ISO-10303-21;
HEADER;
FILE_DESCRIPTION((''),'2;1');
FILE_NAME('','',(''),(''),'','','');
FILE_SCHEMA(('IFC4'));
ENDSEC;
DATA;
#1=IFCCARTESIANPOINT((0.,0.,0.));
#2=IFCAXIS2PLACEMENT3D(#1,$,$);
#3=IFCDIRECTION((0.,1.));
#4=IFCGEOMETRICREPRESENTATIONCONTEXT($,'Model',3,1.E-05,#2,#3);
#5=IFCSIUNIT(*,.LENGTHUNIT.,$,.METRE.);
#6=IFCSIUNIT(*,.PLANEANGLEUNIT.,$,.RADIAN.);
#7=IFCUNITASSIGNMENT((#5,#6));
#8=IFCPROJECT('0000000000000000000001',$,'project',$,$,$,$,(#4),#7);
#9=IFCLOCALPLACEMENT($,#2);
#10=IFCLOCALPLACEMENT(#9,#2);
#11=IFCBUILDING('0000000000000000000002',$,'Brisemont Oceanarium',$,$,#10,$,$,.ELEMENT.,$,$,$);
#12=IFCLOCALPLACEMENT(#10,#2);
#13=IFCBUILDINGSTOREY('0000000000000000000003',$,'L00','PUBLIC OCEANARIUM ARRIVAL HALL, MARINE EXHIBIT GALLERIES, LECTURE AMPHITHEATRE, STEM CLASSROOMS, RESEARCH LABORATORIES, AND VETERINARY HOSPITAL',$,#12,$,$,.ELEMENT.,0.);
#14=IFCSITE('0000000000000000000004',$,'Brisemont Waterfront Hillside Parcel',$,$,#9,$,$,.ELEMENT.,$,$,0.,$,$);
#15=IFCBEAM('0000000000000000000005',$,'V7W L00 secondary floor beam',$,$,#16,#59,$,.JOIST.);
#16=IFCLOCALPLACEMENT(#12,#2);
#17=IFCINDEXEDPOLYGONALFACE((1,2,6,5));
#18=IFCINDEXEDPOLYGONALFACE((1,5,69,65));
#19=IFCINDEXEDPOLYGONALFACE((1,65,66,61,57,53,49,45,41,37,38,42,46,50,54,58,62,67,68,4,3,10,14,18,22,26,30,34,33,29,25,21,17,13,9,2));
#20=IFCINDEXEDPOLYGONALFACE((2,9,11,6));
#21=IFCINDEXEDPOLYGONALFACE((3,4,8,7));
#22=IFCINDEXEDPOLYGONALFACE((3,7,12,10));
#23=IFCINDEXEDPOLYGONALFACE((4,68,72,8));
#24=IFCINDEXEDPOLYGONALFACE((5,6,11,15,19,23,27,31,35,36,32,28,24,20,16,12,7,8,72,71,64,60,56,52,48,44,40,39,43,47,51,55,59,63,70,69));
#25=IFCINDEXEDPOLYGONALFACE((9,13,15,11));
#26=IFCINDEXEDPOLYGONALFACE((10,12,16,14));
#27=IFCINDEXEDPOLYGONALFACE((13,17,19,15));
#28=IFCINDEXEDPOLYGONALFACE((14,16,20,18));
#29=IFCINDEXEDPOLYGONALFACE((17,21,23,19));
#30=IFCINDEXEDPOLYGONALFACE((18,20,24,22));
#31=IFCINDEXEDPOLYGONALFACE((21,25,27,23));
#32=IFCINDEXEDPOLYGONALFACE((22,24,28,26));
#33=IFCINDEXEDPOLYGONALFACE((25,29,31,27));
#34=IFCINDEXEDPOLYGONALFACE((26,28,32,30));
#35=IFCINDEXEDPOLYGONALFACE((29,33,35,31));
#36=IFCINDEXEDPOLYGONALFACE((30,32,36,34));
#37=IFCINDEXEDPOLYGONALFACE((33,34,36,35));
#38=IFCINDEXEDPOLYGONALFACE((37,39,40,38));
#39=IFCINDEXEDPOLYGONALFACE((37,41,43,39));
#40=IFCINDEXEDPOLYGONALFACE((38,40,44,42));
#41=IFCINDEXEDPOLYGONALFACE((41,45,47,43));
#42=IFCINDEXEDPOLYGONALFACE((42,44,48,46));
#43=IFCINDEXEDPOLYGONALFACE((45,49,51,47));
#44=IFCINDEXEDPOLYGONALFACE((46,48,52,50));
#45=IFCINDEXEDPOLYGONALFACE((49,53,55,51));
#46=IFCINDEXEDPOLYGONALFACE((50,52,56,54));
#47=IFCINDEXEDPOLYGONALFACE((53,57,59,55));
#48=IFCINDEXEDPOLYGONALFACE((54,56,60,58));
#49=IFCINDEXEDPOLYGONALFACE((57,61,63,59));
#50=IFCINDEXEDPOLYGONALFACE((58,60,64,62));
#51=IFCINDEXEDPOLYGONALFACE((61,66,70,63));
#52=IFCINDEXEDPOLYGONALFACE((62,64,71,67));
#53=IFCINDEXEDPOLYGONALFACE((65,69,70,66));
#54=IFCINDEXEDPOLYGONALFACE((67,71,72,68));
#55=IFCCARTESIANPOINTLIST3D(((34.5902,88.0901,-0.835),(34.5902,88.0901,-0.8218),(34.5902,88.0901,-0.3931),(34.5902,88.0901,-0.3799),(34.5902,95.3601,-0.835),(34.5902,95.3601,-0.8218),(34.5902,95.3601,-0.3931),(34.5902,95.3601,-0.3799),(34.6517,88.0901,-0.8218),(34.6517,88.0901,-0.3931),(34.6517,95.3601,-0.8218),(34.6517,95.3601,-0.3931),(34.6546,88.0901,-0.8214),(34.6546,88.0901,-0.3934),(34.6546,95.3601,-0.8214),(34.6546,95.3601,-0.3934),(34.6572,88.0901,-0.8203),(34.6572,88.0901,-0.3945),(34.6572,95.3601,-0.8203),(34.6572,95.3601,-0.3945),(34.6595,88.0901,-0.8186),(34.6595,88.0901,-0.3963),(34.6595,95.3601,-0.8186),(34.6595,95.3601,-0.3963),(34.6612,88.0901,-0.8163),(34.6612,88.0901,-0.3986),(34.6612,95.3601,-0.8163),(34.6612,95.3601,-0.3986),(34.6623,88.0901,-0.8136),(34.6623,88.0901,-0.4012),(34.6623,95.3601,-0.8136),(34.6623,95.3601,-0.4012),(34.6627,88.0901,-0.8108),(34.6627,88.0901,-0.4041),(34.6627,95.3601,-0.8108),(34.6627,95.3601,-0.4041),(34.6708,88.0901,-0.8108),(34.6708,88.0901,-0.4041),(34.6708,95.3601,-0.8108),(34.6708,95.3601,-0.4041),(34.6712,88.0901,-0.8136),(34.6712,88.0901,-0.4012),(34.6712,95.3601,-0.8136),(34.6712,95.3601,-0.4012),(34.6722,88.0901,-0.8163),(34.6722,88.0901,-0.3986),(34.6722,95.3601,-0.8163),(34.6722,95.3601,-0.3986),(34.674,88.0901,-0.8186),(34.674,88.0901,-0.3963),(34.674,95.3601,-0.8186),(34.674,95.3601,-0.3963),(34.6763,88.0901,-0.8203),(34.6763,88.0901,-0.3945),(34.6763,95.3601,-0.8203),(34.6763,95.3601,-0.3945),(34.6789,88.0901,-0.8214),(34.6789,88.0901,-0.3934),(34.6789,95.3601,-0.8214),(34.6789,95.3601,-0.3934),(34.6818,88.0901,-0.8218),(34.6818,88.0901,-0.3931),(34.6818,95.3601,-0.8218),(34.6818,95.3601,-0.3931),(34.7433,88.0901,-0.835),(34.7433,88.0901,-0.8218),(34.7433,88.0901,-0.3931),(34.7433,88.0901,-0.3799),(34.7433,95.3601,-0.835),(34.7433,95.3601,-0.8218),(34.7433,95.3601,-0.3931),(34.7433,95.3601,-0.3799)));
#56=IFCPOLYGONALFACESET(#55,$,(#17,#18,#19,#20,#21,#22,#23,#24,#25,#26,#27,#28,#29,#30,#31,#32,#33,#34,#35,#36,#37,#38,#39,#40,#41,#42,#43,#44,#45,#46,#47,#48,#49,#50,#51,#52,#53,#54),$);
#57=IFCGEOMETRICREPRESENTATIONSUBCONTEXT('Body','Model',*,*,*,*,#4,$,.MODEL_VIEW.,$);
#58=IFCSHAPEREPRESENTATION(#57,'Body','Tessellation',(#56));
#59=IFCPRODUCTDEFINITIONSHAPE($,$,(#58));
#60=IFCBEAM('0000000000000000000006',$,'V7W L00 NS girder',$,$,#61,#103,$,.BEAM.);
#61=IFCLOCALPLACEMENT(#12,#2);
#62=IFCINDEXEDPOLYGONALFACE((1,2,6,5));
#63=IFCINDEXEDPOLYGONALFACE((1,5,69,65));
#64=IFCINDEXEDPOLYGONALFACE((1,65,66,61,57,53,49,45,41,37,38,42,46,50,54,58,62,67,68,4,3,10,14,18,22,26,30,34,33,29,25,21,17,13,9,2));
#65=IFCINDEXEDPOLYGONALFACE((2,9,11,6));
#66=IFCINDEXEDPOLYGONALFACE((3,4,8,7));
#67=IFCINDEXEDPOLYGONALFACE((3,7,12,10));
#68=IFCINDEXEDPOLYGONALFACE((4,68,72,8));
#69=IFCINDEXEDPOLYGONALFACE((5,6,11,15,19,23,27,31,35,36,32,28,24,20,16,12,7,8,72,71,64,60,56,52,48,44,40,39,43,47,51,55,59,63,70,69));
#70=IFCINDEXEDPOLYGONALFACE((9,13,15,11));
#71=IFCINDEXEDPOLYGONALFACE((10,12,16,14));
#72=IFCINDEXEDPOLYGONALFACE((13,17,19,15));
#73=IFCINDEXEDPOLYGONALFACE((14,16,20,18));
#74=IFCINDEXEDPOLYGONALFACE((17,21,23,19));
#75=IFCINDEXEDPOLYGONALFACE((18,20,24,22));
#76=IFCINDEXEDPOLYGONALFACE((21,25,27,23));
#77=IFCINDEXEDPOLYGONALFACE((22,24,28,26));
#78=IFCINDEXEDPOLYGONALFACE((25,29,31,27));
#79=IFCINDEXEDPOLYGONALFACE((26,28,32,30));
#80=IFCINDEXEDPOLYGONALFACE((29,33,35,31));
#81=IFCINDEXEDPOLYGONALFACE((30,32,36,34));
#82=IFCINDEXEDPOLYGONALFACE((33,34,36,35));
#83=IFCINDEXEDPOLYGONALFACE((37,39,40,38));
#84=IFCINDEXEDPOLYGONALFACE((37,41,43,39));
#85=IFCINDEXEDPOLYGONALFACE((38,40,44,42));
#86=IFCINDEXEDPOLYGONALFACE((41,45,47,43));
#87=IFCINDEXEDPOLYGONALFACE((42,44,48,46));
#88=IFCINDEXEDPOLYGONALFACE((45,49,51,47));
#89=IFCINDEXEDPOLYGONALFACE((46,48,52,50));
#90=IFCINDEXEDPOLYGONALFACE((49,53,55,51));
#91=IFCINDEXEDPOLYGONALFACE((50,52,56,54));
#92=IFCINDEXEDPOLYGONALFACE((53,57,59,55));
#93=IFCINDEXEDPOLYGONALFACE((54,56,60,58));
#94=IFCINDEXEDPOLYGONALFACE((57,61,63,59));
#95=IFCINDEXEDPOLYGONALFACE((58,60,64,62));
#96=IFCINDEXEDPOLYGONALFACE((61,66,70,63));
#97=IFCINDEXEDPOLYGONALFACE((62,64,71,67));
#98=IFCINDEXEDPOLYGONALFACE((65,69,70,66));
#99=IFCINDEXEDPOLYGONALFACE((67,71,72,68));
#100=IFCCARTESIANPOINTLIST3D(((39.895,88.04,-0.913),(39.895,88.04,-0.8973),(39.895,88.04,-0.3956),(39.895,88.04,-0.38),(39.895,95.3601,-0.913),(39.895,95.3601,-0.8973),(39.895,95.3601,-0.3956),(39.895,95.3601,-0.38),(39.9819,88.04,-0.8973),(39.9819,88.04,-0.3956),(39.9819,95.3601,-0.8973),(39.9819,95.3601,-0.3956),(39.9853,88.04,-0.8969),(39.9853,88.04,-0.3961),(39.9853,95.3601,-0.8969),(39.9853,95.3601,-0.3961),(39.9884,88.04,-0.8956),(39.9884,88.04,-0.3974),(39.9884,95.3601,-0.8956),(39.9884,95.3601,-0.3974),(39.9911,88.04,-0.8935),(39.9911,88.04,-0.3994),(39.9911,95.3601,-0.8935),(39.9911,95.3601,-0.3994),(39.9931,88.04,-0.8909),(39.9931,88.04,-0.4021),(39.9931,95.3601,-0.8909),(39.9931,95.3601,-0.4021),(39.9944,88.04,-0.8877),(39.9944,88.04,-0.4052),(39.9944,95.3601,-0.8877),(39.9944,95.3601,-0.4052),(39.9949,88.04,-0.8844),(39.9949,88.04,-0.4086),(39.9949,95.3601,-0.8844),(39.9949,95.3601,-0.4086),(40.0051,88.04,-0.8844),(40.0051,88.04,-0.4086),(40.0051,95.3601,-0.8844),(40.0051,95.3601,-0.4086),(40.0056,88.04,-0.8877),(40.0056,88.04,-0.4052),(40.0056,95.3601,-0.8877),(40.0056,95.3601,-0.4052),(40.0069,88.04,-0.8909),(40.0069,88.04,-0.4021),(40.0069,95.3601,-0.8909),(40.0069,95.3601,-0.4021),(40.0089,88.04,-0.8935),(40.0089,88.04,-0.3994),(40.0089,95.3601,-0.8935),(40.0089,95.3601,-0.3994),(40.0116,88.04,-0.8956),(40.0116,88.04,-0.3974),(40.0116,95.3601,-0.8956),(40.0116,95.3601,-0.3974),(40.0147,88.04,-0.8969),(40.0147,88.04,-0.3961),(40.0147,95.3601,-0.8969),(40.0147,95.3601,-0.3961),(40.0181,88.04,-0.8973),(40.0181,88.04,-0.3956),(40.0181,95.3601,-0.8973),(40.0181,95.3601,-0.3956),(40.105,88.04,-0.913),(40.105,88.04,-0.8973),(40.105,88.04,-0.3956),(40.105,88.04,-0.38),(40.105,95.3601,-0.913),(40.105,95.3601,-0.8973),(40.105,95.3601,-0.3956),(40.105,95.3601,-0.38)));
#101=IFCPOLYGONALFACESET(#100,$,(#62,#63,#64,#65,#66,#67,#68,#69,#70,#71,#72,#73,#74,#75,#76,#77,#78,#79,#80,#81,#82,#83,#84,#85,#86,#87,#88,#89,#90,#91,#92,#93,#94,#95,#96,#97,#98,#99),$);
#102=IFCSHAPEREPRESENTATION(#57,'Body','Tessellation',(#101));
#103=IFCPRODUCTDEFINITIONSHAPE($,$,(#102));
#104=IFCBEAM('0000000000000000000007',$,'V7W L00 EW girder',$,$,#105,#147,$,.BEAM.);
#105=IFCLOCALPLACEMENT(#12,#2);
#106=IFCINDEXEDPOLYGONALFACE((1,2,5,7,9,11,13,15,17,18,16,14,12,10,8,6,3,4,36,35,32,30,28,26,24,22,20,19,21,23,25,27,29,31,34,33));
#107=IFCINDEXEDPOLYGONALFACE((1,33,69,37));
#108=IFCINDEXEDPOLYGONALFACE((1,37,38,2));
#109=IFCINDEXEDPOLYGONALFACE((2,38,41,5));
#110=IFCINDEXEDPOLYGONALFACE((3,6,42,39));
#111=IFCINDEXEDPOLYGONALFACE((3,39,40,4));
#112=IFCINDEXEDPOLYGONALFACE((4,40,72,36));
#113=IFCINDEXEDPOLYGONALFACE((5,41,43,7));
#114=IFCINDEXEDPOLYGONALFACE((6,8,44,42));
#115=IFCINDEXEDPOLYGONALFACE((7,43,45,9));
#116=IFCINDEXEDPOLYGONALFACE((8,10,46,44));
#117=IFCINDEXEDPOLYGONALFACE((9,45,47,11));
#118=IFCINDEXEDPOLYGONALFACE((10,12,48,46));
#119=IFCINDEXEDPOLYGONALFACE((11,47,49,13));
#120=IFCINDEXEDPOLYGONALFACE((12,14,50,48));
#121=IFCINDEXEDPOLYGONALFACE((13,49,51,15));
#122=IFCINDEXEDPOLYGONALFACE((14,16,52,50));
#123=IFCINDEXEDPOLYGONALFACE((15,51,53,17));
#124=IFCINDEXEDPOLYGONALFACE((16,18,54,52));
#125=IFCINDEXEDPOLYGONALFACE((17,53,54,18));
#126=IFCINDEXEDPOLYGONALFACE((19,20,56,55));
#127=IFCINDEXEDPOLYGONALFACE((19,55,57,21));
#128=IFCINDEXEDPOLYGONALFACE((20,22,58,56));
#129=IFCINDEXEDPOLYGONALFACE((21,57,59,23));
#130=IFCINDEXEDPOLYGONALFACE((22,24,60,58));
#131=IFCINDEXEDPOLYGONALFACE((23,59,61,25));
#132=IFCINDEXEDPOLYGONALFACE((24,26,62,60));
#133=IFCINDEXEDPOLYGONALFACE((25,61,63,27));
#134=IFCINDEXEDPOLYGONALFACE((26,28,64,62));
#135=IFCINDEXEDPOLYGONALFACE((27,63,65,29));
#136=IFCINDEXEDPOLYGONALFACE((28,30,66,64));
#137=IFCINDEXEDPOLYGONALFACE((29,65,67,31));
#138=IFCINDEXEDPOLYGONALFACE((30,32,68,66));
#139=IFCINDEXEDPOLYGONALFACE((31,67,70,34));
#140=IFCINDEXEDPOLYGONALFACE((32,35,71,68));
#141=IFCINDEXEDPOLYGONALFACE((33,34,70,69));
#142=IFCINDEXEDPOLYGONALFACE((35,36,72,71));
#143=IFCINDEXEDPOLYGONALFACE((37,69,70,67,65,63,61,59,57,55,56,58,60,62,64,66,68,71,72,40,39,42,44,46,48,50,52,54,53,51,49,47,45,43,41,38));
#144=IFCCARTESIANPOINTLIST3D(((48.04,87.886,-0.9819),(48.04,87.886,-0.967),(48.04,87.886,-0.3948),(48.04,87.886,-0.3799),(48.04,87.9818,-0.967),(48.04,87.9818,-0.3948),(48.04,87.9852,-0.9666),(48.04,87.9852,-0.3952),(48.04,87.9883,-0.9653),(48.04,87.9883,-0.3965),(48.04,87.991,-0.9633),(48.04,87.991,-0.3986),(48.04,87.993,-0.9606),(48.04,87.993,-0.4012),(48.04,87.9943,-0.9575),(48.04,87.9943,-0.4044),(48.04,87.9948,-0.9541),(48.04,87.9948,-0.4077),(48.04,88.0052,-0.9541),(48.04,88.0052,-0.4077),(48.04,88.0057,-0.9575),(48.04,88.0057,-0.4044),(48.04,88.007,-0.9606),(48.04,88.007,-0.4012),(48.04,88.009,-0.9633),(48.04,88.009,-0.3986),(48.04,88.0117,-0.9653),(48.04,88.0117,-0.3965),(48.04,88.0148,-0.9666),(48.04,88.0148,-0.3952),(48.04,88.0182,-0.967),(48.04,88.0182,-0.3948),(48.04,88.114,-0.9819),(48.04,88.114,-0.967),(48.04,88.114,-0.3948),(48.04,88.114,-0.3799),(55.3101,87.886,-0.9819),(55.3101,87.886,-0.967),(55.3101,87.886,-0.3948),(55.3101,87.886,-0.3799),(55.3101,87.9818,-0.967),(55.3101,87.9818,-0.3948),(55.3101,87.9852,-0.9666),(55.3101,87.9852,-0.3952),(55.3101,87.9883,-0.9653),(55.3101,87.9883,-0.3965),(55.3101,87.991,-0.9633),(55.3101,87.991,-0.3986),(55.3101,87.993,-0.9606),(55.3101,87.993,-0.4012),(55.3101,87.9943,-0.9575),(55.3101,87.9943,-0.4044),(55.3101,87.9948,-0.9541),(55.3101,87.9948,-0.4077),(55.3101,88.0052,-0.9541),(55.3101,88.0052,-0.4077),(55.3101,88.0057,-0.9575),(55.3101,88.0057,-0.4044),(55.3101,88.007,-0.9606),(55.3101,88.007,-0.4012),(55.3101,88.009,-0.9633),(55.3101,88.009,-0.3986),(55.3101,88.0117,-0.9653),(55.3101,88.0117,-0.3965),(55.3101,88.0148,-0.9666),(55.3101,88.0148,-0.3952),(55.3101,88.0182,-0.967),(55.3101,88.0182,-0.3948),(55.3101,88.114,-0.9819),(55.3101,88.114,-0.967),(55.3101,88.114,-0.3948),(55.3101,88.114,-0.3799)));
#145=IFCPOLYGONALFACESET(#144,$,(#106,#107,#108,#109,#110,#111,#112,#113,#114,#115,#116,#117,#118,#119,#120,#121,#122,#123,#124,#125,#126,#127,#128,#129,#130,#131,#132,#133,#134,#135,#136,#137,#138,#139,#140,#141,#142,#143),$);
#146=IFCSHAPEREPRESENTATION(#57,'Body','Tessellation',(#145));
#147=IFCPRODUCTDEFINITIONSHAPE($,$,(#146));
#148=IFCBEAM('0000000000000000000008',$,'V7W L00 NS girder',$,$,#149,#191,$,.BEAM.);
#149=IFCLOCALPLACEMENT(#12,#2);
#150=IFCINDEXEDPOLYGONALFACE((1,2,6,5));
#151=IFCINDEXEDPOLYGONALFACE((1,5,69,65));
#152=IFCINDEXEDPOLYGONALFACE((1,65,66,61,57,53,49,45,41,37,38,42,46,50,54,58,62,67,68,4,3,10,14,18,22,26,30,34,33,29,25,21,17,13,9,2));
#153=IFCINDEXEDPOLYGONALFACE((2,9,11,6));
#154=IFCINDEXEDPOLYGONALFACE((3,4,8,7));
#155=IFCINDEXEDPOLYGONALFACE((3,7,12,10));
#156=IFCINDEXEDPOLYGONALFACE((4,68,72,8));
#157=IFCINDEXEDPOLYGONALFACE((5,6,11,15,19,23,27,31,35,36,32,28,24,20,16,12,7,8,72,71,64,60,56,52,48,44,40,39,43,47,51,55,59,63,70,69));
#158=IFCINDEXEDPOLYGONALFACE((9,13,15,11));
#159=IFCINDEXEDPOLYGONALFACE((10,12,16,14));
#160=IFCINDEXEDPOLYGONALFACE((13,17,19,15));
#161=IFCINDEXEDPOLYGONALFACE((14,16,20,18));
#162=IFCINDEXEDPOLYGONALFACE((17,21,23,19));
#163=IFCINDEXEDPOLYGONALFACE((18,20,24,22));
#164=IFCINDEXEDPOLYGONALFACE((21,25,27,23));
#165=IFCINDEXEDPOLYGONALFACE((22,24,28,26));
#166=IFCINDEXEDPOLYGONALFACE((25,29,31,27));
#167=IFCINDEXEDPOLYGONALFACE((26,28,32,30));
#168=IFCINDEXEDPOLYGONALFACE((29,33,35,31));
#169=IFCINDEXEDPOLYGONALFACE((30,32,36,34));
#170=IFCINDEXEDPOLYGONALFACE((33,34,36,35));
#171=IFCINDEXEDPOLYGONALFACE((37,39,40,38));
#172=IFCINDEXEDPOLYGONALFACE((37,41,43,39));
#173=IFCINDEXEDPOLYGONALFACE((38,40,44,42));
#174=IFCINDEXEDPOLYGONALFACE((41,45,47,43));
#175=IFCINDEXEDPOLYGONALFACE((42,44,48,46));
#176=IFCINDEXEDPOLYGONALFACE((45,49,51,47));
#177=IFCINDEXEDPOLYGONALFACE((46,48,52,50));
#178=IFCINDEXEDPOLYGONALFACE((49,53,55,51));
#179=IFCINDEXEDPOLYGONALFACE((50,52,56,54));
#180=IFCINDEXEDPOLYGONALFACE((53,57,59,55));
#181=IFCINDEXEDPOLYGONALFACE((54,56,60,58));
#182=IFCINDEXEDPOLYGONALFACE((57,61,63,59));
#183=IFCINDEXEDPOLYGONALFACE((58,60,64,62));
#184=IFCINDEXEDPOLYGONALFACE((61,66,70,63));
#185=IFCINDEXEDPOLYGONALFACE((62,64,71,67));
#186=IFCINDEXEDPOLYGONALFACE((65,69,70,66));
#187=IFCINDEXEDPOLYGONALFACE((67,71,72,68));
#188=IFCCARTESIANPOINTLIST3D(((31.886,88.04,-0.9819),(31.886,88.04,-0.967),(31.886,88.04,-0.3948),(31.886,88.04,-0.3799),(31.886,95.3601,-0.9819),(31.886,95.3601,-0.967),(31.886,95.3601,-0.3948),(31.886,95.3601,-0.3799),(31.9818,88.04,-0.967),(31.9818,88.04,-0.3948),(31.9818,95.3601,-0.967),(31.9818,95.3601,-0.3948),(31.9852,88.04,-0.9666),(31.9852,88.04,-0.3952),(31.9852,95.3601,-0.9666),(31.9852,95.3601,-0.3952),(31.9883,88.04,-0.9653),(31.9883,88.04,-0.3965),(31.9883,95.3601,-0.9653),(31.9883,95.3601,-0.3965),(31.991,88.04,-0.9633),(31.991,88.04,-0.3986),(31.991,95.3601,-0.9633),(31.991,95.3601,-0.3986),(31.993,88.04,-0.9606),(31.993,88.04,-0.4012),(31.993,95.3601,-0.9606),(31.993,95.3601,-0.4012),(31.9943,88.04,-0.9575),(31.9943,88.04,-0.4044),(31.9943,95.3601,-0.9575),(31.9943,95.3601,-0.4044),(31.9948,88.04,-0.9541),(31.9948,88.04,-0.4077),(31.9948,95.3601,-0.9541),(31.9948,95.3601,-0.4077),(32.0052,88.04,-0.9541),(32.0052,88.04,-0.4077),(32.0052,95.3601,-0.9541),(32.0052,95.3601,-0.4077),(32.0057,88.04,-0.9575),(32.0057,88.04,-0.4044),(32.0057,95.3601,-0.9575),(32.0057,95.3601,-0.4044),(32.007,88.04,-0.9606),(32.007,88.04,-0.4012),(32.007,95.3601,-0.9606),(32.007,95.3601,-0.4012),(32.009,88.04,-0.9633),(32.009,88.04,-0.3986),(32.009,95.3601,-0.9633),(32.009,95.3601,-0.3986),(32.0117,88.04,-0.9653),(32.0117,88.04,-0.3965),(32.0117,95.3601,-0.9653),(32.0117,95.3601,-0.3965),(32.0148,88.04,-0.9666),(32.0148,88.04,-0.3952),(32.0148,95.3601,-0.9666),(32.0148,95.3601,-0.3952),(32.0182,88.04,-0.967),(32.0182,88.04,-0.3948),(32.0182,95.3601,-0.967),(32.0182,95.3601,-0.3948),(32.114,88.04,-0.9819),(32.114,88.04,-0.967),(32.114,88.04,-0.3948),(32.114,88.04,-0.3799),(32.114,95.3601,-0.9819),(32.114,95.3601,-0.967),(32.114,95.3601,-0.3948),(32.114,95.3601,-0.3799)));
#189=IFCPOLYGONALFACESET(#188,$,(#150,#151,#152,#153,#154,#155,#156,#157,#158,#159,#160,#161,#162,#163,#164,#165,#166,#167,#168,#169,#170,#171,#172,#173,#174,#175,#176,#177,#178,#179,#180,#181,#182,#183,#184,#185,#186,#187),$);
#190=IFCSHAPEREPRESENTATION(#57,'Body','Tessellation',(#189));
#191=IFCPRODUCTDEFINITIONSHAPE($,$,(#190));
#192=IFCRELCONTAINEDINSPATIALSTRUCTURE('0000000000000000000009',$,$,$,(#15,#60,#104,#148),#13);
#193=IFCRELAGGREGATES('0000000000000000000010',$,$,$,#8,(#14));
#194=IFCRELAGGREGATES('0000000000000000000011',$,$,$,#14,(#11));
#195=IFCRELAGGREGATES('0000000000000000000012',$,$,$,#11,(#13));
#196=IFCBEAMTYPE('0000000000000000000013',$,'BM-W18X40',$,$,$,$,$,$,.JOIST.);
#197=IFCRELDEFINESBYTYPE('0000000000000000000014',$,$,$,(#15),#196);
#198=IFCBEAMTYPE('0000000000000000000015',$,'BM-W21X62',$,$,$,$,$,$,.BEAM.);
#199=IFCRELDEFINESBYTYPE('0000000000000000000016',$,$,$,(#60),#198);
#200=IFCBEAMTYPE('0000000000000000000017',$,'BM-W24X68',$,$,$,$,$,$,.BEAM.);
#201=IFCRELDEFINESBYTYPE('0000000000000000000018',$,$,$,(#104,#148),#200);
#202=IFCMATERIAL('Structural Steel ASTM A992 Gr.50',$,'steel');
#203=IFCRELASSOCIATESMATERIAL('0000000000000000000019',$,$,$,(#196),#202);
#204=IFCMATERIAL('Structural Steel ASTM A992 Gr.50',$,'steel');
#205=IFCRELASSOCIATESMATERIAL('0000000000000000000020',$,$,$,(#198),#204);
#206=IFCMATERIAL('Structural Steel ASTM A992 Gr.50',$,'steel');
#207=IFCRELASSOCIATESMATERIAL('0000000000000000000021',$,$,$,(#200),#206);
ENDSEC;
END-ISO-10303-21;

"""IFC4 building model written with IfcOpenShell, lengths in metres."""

from ifc_helpers import new_model, si_unit, direction, frame, origin, origin_2d, place, context, subcontext, project, spatial, i_section, extrude, material, material_profile, profile_set, type_object, element, save


model = new_model("IFC4")

# Units and contexts
model_context = context("Model", 3, precision=1e-05, world=origin(), true_north=direction((0.0, 1.0)))
body_context = subcontext(model_context, "Body", "Model", "MODEL_VIEW")
ifc_project = project(units=[si_unit("LENGTHUNIT", "METRE"), si_unit("PLANEANGLEUNIT", "RADIAN")], contexts=[model_context])

# Site, building, storey
site_placement = place(None, origin())
site = spatial("IfcSite", under=ifc_project, at=site_placement, Name="Brisemont Waterfront Hillside Parcel", CompositionType="ELEMENT", RefElevation=0.0)
building_placement = place(site_placement, origin())
building = spatial("IfcBuilding", under=site, at=building_placement, Name="Brisemont Oceanarium", CompositionType="ELEMENT")
storey_placement = place(building_placement, origin())
storey = spatial("IfcBuildingStorey", under=building, at=storey_placement, Name="L00", Description="PUBLIC OCEANARIUM ARRIVAL HALL, MARINE EXHIBIT GALLERIES, LECTURE AMPHITHEATRE, STEM CLASSROOMS, RESEARCH LABORATORIES, AND VETERINARY HOSPITAL", CompositionType="ELEMENT", Elevation=0.0)

# Beams
ifc_material_1 = material(Name="Structural Steel ASTM A992 Gr.50", Category="steel")
ifc_material_profile_1 = material_profile(ifc_material_1, i_section(OverallWidth=0.1531, OverallDepth=0.4551, WebThickness=0.0081, FlangeThickness=0.0132, FilletRadius=0.011, at=origin_2d()), Name="W18X40")
ifc_profile_set_1 = profile_set([ifc_material_profile_1], Name="Structural Steel ASTM A992 Gr.50")
beam_type_1 = type_object("IfcBeamType", Name="BM-W18X40", PredefinedType="JOIST", material=ifc_profile_set_1)
for number, where, z_axis, x_axis, name in (
    (1, (34.6667, 88.0901, -0.6074), (0.0, 1.0, 0.0), (-1.0, 0.0, 0.0), "V7W L00 secondary floor beam"),
):
    element("IfcBeam", number, at=place(storey_placement, frame(where, z_axis=z_axis, x_axis=x_axis)), inside=storey, type_object=beam_type_1, Name=name, PredefinedType="JOIST", context=body_context, shape_type="SweptSolid", body=[
        extrude(i_section(OverallWidth=0.1531, OverallDepth=0.4551, WebThickness=0.0081, FlangeThickness=0.0132, FilletRadius=0.011, at=origin_2d()), origin(), (0.0, 0.0, 1.0), 7.27),
    ])
ifc_material_2 = material(Name="Structural Steel ASTM A992 Gr.50", Category="steel")
ifc_material_profile_2 = material_profile(ifc_material_2, i_section(OverallWidth=0.21, OverallDepth=0.533, WebThickness=0.0103, FlangeThickness=0.0156, FilletRadius=0.0129, at=origin_2d()), Name="W21X62")
ifc_profile_set_2 = profile_set([ifc_material_profile_2], Name="Structural Steel ASTM A992 Gr.50")
beam_type_2 = type_object("IfcBeamType", Name="BM-W21X62", PredefinedType="BEAM", material=ifc_profile_set_2)
beam_1_placement = place(storey_placement, frame((40.0, 88.04, -0.6465), z_axis=(0.0, 1.0, 0.0), x_axis=(-1.0, 0.0, 0.0)))
element("IfcBeam", 2, at=beam_1_placement, inside=storey, type_object=beam_type_2, Name="V7W L00 NS girder", PredefinedType="BEAM", context=body_context, shape_type="SweptSolid", body=[
    extrude(i_section(OverallWidth=0.21, OverallDepth=0.533, WebThickness=0.0103, FlangeThickness=0.0156, FilletRadius=0.0129, at=origin_2d()), origin(), (0.0, 0.0, 1.0), 7.3201),
])
ifc_material_3 = material(Name="Structural Steel ASTM A992 Gr.50", Category="steel")
ifc_material_profile_3 = material_profile(ifc_material_3, i_section(OverallWidth=0.228, OverallDepth=0.6021, WebThickness=0.0105, FlangeThickness=0.0149, FilletRadius=0.0129, at=origin_2d()), Name="W24X68")
ifc_profile_set_3 = profile_set([ifc_material_profile_3], Name="Structural Steel ASTM A992 Gr.50")
beam_type_3 = type_object("IfcBeamType", Name="BM-W24X68", PredefinedType="BEAM", material=ifc_profile_set_3)
beam_2_placement = place(storey_placement, frame((48.04, 88.0, -0.6809), z_axis=(1.0, 0.0, 0.0), x_axis=(0.0, 1.0, 0.0)))
element("IfcBeam", 3, at=beam_2_placement, inside=storey, type_object=beam_type_3, Name="V7W L00 EW girder", PredefinedType="BEAM", context=body_context, shape_type="SweptSolid", body=[
    extrude(i_section(OverallWidth=0.228, OverallDepth=0.6021, WebThickness=0.0105, FlangeThickness=0.0149, FilletRadius=0.0129, at=origin_2d()), origin(), (0.0, 0.0, 1.0), 7.27),
])
beam_3_placement = place(storey_placement, frame((32.0, 88.04, -0.6809), z_axis=(0.0, 1.0, 0.0), x_axis=(-1.0, 0.0, 0.0)))
element("IfcBeam", 4, at=beam_3_placement, inside=storey, type_object=beam_type_3, Name="V7W L00 NS girder", PredefinedType="BEAM", context=body_context, shape_type="SweptSolid", body=[
    extrude(i_section(OverallWidth=0.228, OverallDepth=0.6021, WebThickness=0.0105, FlangeThickness=0.0149, FilletRadius=0.0129, at=origin_2d()), origin(), (0.0, 0.0, 1.0), 7.3201),
])

save(model, "model.ifc")
